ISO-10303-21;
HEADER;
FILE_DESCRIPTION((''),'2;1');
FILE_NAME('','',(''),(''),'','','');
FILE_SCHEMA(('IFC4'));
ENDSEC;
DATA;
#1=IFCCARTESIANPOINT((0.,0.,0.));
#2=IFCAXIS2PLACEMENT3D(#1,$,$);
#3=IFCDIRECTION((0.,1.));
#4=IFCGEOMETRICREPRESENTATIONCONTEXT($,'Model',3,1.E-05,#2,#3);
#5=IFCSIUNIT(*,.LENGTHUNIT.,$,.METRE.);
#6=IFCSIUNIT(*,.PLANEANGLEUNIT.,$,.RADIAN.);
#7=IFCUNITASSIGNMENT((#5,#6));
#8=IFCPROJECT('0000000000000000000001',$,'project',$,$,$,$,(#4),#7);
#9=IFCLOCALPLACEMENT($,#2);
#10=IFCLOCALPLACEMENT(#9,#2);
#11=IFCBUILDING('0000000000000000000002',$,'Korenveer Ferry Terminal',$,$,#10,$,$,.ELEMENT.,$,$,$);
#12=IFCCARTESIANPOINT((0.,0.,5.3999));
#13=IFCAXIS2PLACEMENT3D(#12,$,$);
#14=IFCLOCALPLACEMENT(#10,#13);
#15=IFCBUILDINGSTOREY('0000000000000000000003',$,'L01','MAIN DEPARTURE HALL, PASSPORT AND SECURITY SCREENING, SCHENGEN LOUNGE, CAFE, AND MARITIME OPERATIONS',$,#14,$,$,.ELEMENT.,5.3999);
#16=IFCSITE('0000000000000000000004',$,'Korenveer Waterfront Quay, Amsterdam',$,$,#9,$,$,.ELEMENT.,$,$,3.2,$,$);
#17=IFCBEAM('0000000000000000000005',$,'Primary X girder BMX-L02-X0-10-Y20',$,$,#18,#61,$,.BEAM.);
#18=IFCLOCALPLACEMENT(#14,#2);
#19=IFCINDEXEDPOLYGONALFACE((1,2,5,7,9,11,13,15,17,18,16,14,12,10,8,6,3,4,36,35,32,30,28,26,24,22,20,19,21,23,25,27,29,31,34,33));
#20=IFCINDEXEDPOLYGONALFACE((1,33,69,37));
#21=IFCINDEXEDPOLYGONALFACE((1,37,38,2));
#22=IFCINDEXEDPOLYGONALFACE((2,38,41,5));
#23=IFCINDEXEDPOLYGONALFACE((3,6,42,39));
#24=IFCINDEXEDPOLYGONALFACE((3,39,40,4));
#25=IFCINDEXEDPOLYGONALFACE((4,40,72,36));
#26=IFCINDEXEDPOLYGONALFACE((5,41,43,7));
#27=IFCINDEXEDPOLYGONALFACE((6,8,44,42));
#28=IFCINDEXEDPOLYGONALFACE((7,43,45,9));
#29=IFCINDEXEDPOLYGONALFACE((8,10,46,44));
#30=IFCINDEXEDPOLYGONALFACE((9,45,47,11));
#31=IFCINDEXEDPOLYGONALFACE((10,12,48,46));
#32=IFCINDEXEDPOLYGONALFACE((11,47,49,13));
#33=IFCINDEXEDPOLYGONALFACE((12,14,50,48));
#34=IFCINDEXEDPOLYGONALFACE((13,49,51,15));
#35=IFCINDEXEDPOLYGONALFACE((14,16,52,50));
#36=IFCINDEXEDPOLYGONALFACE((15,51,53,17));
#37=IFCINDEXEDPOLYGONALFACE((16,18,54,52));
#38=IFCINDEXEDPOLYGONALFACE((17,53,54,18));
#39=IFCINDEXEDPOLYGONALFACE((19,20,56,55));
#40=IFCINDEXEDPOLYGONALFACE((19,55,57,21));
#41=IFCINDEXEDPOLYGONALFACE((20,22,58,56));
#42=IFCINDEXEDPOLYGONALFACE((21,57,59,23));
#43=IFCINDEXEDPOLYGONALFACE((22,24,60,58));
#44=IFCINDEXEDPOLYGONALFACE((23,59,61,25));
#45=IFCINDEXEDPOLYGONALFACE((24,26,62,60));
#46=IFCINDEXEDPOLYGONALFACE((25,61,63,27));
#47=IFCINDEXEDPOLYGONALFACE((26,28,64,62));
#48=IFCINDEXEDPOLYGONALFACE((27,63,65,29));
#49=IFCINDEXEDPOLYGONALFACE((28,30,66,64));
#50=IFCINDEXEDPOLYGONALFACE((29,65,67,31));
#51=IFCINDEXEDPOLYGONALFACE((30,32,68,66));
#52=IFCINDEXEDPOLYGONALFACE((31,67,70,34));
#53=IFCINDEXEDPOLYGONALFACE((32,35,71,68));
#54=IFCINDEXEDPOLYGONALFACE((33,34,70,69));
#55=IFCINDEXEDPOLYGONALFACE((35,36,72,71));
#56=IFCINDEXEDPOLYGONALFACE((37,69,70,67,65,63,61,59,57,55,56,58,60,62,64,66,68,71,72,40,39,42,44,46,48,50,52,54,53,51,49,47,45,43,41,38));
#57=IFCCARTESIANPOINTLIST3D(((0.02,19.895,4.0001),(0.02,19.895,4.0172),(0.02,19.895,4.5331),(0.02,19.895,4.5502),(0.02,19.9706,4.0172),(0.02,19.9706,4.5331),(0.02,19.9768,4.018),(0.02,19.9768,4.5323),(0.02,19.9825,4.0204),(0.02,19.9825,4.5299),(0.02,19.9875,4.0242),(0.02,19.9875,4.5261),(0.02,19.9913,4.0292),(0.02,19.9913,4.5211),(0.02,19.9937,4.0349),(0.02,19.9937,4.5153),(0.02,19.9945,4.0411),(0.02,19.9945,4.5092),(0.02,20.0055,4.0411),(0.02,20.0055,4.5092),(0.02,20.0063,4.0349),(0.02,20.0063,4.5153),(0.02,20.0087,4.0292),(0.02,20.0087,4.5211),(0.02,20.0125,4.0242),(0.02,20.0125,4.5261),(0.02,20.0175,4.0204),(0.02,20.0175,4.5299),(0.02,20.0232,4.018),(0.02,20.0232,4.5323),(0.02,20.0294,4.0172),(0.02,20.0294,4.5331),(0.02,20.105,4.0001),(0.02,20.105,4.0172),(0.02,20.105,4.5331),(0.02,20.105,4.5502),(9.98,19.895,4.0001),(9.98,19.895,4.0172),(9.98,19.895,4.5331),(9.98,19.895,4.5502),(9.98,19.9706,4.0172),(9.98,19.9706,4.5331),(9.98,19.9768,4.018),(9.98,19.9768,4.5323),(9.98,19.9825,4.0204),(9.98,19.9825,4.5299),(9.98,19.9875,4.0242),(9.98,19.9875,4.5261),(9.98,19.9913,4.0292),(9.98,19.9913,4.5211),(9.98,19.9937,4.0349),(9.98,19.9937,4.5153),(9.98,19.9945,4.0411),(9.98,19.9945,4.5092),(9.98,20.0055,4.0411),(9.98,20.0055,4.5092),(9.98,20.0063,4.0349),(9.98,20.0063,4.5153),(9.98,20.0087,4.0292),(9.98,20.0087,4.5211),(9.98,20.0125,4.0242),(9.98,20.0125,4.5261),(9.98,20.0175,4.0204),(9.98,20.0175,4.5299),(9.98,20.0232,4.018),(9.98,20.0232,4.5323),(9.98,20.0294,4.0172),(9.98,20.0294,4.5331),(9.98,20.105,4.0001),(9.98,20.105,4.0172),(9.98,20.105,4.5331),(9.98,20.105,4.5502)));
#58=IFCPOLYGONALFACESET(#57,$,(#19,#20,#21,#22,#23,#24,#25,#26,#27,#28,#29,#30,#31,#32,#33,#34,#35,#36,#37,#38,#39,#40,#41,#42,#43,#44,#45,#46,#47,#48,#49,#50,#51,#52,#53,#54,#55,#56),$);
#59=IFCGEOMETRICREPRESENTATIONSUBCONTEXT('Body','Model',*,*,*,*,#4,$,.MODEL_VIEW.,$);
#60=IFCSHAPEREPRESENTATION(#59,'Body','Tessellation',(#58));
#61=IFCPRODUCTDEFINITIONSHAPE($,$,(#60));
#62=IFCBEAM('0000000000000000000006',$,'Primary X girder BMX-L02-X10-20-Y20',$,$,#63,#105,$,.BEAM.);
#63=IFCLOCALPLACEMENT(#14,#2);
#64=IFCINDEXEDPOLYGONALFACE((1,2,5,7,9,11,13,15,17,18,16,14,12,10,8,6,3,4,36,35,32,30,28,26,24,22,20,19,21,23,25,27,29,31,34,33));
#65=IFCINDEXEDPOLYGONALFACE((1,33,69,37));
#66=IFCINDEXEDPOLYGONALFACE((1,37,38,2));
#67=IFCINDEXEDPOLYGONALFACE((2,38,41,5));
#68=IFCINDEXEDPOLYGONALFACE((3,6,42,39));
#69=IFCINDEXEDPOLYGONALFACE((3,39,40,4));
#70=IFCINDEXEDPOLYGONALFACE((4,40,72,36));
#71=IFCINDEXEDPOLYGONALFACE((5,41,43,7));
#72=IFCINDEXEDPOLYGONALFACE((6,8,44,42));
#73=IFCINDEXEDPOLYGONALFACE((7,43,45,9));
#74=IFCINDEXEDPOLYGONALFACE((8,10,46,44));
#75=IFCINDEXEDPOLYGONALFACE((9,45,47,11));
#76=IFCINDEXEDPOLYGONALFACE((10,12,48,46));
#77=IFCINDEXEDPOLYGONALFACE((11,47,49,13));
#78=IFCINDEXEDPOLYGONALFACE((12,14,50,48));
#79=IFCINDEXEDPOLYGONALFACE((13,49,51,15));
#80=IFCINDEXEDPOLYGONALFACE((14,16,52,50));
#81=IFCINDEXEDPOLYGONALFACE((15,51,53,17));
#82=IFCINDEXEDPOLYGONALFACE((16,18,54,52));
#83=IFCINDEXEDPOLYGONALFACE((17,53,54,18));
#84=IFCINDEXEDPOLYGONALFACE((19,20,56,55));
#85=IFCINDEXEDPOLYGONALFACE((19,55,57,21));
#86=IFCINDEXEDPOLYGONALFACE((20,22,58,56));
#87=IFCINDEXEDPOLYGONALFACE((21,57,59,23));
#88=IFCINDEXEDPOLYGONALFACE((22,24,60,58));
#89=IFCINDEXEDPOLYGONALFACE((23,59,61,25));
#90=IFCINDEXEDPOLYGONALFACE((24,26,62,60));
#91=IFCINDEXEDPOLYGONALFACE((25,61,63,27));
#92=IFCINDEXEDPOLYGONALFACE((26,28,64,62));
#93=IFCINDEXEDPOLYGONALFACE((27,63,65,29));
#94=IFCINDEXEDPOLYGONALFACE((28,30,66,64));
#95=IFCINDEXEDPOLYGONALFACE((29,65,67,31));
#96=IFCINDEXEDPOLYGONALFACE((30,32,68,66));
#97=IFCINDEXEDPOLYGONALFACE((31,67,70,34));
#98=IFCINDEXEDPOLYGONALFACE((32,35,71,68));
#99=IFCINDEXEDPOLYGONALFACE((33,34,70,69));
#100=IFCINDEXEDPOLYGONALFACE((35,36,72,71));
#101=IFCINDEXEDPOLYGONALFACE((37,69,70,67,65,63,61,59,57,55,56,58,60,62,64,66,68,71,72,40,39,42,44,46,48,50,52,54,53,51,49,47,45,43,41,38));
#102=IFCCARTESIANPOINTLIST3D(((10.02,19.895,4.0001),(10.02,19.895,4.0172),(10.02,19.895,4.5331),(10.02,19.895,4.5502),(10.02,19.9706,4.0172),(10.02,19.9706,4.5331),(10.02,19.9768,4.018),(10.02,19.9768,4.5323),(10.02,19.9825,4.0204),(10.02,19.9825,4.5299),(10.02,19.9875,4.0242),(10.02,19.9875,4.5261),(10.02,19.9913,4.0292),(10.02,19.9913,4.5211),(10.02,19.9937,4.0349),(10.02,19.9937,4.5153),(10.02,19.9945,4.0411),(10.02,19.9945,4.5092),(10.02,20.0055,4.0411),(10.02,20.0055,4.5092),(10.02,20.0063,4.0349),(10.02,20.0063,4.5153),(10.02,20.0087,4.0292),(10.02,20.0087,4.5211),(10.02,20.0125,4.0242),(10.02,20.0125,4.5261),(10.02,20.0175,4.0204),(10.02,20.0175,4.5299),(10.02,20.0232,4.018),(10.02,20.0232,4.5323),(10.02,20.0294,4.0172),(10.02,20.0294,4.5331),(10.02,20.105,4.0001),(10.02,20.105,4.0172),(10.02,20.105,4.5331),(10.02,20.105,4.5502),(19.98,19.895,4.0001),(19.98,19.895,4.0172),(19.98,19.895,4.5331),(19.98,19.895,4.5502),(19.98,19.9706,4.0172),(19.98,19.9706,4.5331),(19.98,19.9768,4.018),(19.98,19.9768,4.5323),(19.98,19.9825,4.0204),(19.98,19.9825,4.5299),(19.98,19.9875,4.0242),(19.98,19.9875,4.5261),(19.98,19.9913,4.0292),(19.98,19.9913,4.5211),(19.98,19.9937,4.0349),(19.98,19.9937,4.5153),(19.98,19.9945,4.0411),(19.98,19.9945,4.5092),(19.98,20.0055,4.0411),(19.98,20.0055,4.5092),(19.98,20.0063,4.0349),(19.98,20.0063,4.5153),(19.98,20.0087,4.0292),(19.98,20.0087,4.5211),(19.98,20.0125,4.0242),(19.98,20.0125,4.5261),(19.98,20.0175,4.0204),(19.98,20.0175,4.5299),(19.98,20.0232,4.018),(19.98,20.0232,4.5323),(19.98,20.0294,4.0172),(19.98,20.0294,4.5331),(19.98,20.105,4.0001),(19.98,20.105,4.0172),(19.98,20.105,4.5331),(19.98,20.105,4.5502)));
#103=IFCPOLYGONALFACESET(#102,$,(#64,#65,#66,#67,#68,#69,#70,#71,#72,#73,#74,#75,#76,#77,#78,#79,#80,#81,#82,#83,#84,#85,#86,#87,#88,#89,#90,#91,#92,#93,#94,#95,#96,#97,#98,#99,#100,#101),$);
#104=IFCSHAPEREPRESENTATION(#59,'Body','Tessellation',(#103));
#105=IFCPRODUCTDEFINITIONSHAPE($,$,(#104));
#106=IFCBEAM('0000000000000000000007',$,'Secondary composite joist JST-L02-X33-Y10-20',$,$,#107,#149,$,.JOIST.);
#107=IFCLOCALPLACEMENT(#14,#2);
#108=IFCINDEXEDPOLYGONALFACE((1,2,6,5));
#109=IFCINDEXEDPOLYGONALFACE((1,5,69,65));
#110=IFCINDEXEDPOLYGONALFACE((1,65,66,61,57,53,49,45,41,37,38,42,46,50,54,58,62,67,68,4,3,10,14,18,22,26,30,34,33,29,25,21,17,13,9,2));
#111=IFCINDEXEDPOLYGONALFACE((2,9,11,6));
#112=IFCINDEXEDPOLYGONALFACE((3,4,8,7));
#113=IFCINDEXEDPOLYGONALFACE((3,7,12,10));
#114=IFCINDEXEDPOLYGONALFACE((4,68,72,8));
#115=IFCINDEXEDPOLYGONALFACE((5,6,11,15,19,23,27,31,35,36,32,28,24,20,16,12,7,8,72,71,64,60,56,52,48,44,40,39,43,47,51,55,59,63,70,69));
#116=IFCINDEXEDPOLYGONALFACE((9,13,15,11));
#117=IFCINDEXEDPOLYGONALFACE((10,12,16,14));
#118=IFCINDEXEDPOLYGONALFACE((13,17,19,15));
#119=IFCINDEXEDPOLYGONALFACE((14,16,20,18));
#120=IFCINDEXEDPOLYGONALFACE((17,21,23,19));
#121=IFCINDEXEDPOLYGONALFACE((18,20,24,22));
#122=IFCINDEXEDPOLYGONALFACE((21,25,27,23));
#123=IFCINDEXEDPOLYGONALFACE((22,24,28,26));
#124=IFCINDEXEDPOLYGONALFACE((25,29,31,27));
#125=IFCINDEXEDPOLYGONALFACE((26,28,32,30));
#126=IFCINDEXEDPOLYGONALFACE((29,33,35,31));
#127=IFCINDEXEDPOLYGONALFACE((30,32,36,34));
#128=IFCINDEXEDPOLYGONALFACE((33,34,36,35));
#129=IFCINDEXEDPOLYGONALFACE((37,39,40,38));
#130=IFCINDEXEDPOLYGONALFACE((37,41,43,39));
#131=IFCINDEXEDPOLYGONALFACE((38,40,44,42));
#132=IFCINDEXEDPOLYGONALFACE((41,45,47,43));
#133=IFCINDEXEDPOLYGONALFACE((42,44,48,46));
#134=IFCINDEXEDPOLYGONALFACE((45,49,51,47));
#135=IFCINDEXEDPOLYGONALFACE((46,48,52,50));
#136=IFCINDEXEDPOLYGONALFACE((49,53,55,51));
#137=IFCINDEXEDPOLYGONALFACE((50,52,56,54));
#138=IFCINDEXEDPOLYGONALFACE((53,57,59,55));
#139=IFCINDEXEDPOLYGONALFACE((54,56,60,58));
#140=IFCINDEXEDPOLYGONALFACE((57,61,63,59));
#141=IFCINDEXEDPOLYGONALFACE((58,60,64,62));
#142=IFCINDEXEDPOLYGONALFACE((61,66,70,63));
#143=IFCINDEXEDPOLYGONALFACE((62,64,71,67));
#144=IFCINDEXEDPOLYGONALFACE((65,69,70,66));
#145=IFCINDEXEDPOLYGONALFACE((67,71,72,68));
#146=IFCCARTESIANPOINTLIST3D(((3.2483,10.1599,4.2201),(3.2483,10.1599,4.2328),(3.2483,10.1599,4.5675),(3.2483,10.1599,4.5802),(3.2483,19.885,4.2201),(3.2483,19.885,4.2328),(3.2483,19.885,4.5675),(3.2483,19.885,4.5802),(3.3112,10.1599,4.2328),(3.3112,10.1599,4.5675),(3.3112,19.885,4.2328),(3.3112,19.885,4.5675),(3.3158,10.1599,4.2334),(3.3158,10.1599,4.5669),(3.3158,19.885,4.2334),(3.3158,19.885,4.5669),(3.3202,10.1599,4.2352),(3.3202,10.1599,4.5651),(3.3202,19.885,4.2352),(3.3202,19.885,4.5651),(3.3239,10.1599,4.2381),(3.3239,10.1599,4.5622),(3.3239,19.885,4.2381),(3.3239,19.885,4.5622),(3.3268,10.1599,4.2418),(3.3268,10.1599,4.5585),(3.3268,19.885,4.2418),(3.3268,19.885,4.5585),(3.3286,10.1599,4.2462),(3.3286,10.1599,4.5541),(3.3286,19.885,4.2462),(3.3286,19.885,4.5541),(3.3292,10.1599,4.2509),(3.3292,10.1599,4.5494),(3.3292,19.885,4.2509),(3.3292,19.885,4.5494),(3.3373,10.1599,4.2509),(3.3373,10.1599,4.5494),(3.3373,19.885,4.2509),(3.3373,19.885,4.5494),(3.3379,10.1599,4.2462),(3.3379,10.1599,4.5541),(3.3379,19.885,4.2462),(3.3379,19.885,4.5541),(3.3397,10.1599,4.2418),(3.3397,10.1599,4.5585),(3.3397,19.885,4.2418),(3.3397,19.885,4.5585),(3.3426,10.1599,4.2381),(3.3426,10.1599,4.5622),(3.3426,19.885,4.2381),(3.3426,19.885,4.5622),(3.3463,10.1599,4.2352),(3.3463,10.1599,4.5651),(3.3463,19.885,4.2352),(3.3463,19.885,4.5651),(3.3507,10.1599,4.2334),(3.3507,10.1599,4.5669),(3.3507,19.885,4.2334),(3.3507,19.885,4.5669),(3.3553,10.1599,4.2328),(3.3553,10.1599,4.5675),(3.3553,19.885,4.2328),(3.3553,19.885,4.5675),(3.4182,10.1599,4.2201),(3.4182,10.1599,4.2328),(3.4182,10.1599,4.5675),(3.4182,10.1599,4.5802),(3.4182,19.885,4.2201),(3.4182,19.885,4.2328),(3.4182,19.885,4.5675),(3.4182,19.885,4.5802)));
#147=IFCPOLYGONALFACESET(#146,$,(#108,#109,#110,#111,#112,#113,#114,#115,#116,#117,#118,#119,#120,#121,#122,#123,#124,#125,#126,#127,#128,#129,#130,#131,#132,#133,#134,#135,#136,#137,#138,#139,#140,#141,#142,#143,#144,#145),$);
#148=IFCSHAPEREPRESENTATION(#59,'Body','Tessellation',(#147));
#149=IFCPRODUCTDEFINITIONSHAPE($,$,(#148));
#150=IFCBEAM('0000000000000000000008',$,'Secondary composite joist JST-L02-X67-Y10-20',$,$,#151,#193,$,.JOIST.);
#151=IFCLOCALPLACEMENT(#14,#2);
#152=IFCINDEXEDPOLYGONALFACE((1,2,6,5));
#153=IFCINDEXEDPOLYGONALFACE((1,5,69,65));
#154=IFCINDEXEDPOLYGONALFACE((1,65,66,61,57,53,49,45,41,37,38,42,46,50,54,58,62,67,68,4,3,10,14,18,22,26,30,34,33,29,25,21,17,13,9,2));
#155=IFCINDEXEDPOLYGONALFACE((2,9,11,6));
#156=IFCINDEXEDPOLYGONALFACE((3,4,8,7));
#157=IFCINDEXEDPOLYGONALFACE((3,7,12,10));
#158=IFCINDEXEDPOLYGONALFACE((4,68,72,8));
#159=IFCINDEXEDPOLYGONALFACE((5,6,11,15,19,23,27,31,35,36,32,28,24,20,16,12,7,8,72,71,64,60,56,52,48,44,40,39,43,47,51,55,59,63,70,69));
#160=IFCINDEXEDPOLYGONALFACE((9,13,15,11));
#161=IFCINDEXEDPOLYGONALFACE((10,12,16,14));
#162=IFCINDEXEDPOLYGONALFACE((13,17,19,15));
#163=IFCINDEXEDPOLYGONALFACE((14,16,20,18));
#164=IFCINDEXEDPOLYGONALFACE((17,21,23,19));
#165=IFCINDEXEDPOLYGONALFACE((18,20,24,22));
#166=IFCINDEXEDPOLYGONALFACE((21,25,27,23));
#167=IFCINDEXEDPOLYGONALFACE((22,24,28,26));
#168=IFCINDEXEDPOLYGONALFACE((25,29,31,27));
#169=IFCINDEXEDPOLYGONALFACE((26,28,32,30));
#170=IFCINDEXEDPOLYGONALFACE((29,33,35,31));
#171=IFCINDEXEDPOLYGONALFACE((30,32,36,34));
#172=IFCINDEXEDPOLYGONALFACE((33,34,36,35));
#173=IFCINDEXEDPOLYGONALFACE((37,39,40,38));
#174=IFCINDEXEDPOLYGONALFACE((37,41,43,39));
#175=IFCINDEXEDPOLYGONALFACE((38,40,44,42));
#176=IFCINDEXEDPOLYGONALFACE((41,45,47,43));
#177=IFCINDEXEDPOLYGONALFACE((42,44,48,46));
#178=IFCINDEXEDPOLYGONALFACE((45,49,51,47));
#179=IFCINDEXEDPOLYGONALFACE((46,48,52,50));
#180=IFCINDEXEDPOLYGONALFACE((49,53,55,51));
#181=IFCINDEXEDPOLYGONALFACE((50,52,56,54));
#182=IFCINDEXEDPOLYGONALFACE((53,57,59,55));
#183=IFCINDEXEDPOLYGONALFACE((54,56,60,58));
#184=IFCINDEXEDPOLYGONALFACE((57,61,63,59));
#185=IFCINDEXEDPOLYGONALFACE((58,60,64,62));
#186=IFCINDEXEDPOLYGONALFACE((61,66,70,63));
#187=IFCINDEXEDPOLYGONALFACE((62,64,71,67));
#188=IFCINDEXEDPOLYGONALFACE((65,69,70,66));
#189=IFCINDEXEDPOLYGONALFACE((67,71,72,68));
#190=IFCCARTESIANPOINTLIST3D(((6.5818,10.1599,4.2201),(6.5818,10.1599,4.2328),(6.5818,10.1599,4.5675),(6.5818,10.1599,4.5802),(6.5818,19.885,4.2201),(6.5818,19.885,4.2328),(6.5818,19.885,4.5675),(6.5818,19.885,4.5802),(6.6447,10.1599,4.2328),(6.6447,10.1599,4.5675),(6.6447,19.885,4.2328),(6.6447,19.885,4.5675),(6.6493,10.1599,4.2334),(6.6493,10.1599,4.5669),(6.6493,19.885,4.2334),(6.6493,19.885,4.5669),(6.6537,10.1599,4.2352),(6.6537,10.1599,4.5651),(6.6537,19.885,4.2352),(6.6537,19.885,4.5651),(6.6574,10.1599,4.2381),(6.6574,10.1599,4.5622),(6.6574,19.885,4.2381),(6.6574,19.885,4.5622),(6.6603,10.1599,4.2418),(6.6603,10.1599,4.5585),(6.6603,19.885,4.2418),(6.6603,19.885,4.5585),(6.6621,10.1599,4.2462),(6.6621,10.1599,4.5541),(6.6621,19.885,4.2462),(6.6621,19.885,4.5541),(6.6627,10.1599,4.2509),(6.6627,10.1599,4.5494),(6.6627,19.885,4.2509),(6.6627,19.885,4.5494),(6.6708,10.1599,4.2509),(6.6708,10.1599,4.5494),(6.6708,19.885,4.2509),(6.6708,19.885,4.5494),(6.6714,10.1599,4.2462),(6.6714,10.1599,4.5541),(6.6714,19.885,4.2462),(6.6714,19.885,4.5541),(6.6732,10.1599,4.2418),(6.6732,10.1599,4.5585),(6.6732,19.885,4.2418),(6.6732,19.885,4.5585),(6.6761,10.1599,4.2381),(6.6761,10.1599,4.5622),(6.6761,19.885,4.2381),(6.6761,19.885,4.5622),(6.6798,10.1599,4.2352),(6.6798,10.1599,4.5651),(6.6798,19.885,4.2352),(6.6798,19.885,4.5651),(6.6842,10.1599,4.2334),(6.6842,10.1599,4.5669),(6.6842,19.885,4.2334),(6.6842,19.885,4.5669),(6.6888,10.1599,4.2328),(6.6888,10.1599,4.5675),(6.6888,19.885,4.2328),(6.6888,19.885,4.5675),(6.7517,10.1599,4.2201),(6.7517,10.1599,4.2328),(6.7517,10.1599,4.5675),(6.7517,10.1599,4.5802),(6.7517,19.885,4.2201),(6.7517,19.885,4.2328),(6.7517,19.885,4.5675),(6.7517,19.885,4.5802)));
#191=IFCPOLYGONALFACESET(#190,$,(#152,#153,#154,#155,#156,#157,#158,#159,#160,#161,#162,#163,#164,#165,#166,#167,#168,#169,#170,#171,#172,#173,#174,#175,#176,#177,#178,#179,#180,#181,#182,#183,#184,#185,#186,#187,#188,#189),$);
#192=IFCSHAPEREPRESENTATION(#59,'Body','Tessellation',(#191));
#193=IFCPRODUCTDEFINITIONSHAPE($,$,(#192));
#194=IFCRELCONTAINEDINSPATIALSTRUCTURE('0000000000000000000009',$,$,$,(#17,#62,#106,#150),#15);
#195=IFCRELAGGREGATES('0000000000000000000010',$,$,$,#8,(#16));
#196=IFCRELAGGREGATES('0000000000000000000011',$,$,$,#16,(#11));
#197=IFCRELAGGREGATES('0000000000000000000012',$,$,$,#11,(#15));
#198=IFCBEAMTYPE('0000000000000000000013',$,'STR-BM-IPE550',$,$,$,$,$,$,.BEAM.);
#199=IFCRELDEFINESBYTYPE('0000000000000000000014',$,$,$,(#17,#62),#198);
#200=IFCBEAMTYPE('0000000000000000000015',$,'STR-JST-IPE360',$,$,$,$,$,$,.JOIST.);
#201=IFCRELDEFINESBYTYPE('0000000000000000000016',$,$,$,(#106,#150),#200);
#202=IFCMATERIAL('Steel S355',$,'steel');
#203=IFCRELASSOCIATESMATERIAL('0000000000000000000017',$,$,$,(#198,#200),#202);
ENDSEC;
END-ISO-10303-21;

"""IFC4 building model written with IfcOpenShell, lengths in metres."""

from ifc_helpers import new_model, si_unit, direction, frame, origin, origin_2d, place, context, subcontext, project, spatial, i_section, extrude, material, material_profile, profile_set, type_object, element, save


model = new_model("IFC4")

# Units and contexts
model_context = context("Model", 3, precision=1e-05, world=origin(), true_north=direction((0.0, 1.0)))
body_context = subcontext(model_context, "Body", "Model", "MODEL_VIEW")
ifc_project = project(units=[si_unit("LENGTHUNIT", "METRE"), si_unit("PLANEANGLEUNIT", "RADIAN")], contexts=[model_context])

# Site, building, storey
site_placement = place(None, origin())
site = spatial("IfcSite", under=ifc_project, at=site_placement, Name="Korenveer Waterfront Quay, Amsterdam", CompositionType="ELEMENT", RefElevation=3.2)
building_placement = place(site_placement, origin())
building = spatial("IfcBuilding", under=site, at=building_placement, Name="Korenveer Ferry Terminal", CompositionType="ELEMENT")
storey_placement = place(building_placement, frame((0.0, 0.0, 5.3999)))
storey = spatial("IfcBuildingStorey", under=building, at=storey_placement, Name="L01", Description="MAIN DEPARTURE HALL, PASSPORT AND SECURITY SCREENING, SCHENGEN LOUNGE, CAFE, AND MARITIME OPERATIONS", CompositionType="ELEMENT", Elevation=5.3999)

# Shared definitions
ifc_material_1 = material(Name="Steel S355", Category="steel")

# Beams
ifc_material_profile_1 = material_profile(ifc_material_1, i_section(OverallWidth=0.21, OverallDepth=0.55, WebThickness=0.011, FlangeThickness=0.0171, FilletRadius=0.0239, at=origin_2d()), Name="IPE 550")
ifc_profile_set_1 = profile_set([ifc_material_profile_1], Name="Steel S355")
beam_type_1 = type_object("IfcBeamType", Name="STR-BM-IPE550", PredefinedType="BEAM", material=ifc_profile_set_1)
for number, where, z_axis, x_axis, name in (
    (1, (0.02, 20.0, 4.2751), (1.0, 0.0, 0.0), (0.0, 1.0, 0.0), "Primary X girder BMX-L02-X0-10-Y20"),
    (2, (10.02, 20.0, 4.2751), (1.0, 0.0, 0.0), (0.0, 1.0, 0.0), "Primary X girder BMX-L02-X10-20-Y20"),
):
    element("IfcBeam", number, at=place(storey_placement, frame(where, z_axis=z_axis, x_axis=x_axis)), inside=storey, type_object=beam_type_1, Name=name, PredefinedType="BEAM", context=body_context, shape_type="SweptSolid", body=[
        extrude(i_section(OverallWidth=0.21, OverallDepth=0.55, WebThickness=0.011, FlangeThickness=0.0171, FilletRadius=0.0239, at=origin_2d()), origin(), (0.0, 0.0, 1.0), 9.96),
    ])
ifc_material_profile_2 = material_profile(ifc_material_1, i_section(OverallWidth=0.1699, OverallDepth=0.3601, WebThickness=0.0081, FlangeThickness=0.0127, FilletRadius=0.0181, at=origin_2d()), Name="IPE 360")
ifc_profile_set_2 = profile_set([ifc_material_profile_2], Name="Steel S355")
beam_type_2 = type_object("IfcBeamType", Name="STR-JST-IPE360", PredefinedType="JOIST", material=ifc_profile_set_2)
for number, where, z_axis, x_axis, name in (
    (3, (3.3333, 10.1599, 4.4001), (0.0, 1.0, 0.0), (-1.0, 0.0, 0.0), "Secondary composite joist JST-L02-X33-Y10-20"),
    (4, (6.6667, 10.1599, 4.4001), (0.0, 1.0, 0.0), (-1.0, 0.0, 0.0), "Secondary composite joist JST-L02-X67-Y10-20"),
):
    element("IfcBeam", number, at=place(storey_placement, frame(where, z_axis=z_axis, x_axis=x_axis)), inside=storey, type_object=beam_type_2, Name=name, PredefinedType="JOIST", context=body_context, shape_type="SweptSolid", body=[
        extrude(i_section(OverallWidth=0.1699, OverallDepth=0.3601, WebThickness=0.0081, FlangeThickness=0.0127, FilletRadius=0.0181, at=origin_2d()), origin(), (0.0, 0.0, 1.0), 9.7251),
    ])

save(model, "model.ifc")
